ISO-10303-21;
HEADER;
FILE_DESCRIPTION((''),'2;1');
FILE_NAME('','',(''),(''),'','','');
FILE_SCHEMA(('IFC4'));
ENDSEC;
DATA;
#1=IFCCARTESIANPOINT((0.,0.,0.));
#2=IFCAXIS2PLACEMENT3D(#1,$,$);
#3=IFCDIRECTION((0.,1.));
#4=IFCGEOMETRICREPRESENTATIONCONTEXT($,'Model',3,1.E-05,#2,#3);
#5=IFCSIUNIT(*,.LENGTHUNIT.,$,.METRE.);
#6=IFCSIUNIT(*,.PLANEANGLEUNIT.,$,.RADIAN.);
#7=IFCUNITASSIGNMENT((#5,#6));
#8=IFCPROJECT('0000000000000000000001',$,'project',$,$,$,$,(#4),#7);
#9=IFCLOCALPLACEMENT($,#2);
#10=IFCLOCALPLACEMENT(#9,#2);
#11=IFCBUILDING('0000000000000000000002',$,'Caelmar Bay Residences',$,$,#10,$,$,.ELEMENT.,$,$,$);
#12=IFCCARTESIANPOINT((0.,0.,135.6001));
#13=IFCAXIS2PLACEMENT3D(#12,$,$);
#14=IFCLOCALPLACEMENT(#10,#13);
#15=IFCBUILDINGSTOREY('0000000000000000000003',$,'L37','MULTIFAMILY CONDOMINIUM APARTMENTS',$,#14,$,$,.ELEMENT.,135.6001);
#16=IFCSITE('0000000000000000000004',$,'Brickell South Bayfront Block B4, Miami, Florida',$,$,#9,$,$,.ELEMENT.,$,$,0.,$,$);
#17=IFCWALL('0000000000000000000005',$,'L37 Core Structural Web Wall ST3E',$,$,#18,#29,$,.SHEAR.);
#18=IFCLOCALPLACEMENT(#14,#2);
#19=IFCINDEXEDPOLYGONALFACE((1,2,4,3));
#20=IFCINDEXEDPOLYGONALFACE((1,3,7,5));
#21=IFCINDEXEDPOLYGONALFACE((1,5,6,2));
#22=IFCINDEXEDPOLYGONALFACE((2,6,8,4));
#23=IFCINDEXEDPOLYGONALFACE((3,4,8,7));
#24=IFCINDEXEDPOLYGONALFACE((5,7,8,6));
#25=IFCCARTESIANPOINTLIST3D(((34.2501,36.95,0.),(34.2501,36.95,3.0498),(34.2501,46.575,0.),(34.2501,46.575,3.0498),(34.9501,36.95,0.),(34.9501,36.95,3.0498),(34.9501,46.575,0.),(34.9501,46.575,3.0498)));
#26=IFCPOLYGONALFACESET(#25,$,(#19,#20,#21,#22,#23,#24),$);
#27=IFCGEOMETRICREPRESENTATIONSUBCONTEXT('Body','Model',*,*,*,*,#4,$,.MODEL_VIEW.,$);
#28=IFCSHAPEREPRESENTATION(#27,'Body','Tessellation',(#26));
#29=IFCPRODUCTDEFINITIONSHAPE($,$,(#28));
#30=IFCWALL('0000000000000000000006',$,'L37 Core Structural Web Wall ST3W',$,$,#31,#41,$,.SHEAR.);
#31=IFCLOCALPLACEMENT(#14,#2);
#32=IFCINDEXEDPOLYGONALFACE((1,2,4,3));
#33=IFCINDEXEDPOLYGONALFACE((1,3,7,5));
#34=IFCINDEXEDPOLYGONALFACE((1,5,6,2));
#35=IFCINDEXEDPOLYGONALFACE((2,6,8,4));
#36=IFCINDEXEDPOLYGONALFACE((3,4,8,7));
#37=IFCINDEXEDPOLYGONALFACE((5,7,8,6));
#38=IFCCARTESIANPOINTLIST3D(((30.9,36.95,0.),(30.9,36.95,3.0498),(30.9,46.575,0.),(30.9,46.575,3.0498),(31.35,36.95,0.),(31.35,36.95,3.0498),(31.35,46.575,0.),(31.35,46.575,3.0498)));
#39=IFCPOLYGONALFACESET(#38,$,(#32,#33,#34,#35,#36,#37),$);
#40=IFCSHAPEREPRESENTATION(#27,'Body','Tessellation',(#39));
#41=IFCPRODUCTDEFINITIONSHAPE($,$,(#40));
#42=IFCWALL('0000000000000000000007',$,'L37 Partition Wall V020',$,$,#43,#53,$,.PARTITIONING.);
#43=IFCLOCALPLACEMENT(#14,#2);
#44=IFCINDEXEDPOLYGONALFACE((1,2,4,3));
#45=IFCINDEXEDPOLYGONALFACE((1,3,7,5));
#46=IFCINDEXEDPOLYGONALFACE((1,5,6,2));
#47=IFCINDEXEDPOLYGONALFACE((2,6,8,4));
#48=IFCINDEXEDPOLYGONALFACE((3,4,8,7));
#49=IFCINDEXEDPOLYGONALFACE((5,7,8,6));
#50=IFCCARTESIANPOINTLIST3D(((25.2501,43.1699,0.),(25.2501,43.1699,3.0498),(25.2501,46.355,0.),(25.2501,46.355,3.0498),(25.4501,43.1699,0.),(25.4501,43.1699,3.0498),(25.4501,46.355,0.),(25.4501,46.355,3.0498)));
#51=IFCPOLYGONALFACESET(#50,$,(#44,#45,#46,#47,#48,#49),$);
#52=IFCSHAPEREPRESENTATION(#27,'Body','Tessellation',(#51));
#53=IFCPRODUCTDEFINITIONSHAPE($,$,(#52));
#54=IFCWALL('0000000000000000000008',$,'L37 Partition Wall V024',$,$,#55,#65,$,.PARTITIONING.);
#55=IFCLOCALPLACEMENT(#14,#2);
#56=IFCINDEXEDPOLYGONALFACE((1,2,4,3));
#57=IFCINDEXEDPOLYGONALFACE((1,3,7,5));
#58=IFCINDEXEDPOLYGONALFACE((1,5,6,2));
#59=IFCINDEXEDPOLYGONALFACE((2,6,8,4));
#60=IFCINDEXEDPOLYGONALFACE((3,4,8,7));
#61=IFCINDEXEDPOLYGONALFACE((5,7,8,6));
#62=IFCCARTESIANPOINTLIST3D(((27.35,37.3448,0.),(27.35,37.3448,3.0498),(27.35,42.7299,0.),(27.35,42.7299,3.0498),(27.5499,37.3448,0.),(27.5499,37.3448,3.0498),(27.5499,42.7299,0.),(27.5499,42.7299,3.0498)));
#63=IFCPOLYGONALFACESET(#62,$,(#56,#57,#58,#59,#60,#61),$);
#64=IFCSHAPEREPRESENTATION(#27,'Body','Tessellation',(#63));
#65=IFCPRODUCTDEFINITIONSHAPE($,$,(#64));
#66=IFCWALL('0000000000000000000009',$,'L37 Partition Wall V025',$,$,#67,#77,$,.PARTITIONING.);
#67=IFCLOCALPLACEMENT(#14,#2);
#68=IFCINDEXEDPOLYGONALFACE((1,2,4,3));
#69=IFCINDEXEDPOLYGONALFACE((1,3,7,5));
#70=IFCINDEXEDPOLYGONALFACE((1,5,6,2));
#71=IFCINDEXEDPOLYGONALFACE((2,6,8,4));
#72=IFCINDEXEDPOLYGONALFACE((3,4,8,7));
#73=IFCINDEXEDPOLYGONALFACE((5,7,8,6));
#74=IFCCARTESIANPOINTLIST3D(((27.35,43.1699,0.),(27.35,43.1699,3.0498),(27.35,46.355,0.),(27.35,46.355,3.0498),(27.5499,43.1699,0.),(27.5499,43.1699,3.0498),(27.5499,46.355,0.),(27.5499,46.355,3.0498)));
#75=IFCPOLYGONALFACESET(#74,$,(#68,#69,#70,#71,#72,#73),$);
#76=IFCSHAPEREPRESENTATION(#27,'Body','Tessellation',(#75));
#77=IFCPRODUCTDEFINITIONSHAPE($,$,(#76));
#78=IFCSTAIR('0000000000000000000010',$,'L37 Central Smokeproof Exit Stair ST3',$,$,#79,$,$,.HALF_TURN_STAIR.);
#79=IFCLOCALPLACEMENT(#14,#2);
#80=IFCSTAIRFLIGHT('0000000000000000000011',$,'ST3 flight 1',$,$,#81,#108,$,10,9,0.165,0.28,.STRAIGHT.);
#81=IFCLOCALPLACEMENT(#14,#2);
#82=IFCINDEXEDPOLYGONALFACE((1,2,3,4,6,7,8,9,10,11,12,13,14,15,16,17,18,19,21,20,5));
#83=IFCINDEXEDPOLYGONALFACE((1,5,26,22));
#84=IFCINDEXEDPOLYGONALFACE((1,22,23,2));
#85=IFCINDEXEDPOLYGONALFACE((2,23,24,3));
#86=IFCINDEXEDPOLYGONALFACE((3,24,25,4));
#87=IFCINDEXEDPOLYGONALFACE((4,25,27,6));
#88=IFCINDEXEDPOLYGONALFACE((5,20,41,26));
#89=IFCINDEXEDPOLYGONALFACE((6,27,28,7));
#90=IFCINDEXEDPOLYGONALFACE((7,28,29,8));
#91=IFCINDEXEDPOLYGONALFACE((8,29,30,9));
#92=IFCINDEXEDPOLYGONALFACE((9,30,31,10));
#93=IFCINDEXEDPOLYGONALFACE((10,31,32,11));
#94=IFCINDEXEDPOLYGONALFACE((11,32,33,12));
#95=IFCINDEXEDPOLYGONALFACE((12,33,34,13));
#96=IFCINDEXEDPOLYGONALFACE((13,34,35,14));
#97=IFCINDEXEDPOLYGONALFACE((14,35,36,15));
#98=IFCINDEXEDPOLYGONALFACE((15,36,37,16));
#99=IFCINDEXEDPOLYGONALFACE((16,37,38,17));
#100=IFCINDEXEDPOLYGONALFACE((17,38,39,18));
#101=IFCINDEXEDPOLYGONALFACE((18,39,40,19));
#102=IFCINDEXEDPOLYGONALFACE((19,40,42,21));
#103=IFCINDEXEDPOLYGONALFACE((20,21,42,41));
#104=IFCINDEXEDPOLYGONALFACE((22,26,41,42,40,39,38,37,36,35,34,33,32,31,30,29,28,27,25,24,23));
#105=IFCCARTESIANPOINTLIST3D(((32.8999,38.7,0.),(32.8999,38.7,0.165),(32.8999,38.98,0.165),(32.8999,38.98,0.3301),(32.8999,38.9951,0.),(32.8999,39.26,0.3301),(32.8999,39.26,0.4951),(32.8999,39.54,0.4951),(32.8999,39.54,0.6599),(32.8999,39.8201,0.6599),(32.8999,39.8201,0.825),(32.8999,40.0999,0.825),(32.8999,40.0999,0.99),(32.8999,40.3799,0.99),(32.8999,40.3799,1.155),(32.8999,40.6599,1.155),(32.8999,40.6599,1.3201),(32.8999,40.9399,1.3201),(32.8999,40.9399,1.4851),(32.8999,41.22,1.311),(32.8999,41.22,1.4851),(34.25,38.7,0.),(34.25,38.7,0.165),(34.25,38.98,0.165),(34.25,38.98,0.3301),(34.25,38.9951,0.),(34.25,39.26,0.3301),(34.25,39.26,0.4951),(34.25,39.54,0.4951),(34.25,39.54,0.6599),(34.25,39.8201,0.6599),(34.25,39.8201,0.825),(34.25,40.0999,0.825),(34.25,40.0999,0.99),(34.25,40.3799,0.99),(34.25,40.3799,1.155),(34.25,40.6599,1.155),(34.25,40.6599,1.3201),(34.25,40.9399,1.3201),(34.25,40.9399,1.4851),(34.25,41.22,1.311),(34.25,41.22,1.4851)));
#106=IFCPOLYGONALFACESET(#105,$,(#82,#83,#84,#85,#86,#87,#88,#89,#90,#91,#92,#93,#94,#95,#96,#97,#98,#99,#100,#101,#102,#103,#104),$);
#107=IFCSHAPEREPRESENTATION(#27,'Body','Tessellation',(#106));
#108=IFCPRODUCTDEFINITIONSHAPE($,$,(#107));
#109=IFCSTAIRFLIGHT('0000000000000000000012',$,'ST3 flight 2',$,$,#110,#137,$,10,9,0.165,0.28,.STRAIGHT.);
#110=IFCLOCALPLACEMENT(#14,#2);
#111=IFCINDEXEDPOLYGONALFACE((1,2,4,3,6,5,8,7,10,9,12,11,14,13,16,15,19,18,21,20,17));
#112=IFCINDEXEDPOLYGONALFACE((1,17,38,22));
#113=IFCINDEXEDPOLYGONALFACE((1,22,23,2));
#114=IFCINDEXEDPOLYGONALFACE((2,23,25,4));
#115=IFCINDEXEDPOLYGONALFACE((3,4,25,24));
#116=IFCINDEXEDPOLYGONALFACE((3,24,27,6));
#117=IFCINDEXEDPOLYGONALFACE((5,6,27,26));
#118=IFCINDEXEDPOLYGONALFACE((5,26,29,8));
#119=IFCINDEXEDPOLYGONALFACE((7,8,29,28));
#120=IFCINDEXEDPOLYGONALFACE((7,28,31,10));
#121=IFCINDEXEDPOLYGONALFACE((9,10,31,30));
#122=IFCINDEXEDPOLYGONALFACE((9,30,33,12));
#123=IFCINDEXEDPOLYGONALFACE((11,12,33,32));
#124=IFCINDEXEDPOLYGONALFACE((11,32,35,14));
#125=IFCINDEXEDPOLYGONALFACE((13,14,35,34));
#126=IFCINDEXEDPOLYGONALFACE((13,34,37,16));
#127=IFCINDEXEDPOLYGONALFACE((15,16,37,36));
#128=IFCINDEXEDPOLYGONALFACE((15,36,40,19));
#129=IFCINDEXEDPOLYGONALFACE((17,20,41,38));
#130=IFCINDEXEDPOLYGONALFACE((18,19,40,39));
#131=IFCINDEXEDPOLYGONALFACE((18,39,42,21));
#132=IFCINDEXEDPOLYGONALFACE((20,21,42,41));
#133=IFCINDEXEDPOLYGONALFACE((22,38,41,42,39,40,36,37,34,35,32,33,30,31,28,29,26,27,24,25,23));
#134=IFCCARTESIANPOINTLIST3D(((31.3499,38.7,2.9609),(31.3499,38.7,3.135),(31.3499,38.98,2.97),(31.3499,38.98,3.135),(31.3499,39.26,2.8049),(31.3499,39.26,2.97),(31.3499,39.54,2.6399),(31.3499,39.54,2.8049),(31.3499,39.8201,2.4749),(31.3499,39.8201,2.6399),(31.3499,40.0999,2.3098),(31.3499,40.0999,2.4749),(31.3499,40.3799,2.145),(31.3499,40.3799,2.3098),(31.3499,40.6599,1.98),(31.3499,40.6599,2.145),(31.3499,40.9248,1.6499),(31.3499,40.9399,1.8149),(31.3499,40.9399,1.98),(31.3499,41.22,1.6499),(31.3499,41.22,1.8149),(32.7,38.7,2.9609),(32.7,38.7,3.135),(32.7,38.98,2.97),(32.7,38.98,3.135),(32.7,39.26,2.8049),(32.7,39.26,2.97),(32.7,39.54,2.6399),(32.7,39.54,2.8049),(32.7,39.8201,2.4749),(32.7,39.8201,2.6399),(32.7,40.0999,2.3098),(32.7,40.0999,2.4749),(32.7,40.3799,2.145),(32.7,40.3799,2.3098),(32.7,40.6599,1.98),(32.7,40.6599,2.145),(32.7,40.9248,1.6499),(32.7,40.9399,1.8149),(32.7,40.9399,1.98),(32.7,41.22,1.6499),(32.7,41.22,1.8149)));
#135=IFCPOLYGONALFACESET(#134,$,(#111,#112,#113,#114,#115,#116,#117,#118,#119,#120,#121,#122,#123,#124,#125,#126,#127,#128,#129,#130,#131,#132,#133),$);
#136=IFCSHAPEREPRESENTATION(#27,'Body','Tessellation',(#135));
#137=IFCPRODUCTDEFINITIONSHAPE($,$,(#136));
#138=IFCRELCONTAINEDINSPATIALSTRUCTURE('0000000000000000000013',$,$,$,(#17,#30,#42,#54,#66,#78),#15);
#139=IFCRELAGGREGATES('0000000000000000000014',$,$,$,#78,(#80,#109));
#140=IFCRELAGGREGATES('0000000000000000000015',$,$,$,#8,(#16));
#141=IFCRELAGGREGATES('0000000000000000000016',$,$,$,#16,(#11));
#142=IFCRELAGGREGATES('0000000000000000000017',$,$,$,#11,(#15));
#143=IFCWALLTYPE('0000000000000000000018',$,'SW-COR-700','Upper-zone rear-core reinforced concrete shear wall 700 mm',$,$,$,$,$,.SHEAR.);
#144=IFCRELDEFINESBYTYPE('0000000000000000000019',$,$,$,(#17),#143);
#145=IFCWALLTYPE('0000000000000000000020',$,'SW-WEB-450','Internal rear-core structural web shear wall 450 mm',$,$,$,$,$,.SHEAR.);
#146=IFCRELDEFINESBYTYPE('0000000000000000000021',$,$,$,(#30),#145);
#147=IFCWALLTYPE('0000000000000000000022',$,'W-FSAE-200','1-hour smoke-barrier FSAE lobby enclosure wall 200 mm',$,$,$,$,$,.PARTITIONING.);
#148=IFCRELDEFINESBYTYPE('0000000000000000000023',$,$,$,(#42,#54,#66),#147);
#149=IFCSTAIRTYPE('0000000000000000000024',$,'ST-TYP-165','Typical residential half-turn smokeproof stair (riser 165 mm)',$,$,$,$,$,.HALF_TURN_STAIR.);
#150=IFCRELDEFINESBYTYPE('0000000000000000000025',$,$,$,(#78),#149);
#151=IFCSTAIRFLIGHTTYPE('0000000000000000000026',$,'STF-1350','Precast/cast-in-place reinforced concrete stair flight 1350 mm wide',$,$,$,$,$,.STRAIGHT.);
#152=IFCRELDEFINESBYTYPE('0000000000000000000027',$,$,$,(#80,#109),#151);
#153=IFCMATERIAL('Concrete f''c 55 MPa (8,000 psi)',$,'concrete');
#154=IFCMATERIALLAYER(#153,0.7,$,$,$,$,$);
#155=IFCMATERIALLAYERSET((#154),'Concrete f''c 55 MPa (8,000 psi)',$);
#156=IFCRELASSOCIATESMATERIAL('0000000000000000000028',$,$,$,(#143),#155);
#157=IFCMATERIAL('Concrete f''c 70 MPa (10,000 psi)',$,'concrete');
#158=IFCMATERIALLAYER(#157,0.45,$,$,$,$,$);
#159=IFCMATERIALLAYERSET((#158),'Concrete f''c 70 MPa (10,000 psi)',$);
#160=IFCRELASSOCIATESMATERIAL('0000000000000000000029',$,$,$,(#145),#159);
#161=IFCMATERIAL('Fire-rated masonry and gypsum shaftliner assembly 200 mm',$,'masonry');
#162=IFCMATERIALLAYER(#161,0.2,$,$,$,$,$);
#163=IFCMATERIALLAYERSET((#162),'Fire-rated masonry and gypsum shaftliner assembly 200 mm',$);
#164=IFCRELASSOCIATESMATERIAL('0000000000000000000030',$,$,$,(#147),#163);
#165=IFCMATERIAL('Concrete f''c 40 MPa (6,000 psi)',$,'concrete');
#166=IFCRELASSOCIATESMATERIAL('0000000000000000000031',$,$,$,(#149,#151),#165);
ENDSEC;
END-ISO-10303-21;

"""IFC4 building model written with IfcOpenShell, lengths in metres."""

from ifc_helpers import new_model, si_unit, direction, frame, frame_2d, origin, place, context, subcontext, project, spatial, polyline, rectangle, outline, extrude, material, layer, layer_set, type_object, element, aggregate, save


model = new_model("IFC4")

# Units and contexts
model_context = context("Model", 3, precision=1e-05, world=origin(), true_north=direction((0.0, 1.0)))
body_context = subcontext(model_context, "Body", "Model", "MODEL_VIEW")
ifc_project = project(units=[si_unit("LENGTHUNIT", "METRE"), si_unit("PLANEANGLEUNIT", "RADIAN")], contexts=[model_context])

# Site, building, storey
site_placement = place(None, origin())
site = spatial("IfcSite", under=ifc_project, at=site_placement, Name="Brickell South Bayfront Block B4, Miami, Florida", CompositionType="ELEMENT", RefElevation=0.0)
building_placement = place(site_placement, origin())
building = spatial("IfcBuilding", under=site, at=building_placement, Name="Caelmar Bay Residences", CompositionType="ELEMENT")
storey_placement = place(building_placement, frame((0.0, 0.0, 135.6001)))
storey = spatial("IfcBuildingStorey", under=building, at=storey_placement, Name="L37", Description="MULTIFAMILY CONDOMINIUM APARTMENTS", CompositionType="ELEMENT", Elevation=135.6001)

# Walls
ifc_material_1 = material(Name="Concrete f'c 55 MPa (8,000 psi)", Category="concrete")
ifc_layer_1 = layer(ifc_material_1, 0.7)
ifc_layer_set_1 = layer_set([ifc_layer_1], Name="Concrete f'c 55 MPa (8,000 psi)")
wall_type_1 = type_object("IfcWallType", Name="SW-COR-700", Description="Upper-zone rear-core reinforced concrete shear wall 700 mm", PredefinedType="SHEAR", material=ifc_layer_set_1)
wall_1_placement = place(storey_placement, frame((34.6001, 36.95, 0.0), z_axis=(0.0, 0.0, 1.0), x_axis=(0.0, 1.0, 0.0)))
element("IfcWall", 1, at=wall_1_placement, inside=storey, type_object=wall_type_1, Name="L37 Core Structural Web Wall ST3E", PredefinedType="SHEAR", context=body_context, shape_type="SweptSolid", body=[
    extrude(rectangle(XDim=9.625, YDim=0.7, at=frame_2d((4.8125, 0.0))), origin(), (0.0, 0.0, 1.0), 3.0498),
])
ifc_material_2 = material(Name="Concrete f'c 70 MPa (10,000 psi)", Category="concrete")
ifc_layer_2 = layer(ifc_material_2, 0.45)
ifc_layer_set_2 = layer_set([ifc_layer_2], Name="Concrete f'c 70 MPa (10,000 psi)")
wall_type_2 = type_object("IfcWallType", Name="SW-WEB-450", Description="Internal rear-core structural web shear wall 450 mm", PredefinedType="SHEAR", material=ifc_layer_set_2)
wall_2_placement = place(storey_placement, frame((31.125, 36.95, 0.0), z_axis=(0.0, 0.0, 1.0), x_axis=(0.0, 1.0, 0.0)))
element("IfcWall", 2, at=wall_2_placement, inside=storey, type_object=wall_type_2, Name="L37 Core Structural Web Wall ST3W", PredefinedType="SHEAR", context=body_context, shape_type="SweptSolid", body=[
    extrude(rectangle(XDim=9.625, YDim=0.45, at=frame_2d((4.8125, 0.0))), origin(), (0.0, 0.0, 1.0), 3.0498),
])

# Walls
ifc_material_3 = material(Name="Fire-rated masonry and gypsum shaftliner assembly 200 mm", Category="masonry")
ifc_layer_3 = layer(ifc_material_3, 0.2)
ifc_layer_set_3 = layer_set([ifc_layer_3], Name="Fire-rated masonry and gypsum shaftliner assembly 200 mm")
wall_type_3 = type_object("IfcWallType", Name="W-FSAE-200", Description="1-hour smoke-barrier FSAE lobby enclosure wall 200 mm", PredefinedType="PARTITIONING", material=ifc_layer_set_3)
wall_3_placement = place(storey_placement, frame((25.3501, 43.1699, 0.0), z_axis=(0.0, 0.0, 1.0), x_axis=(0.0, 1.0, 0.0)))
element("IfcWall", 3, at=wall_3_placement, inside=storey, type_object=wall_type_3, Name="L37 Partition Wall V020", PredefinedType="PARTITIONING", context=body_context, shape_type="SweptSolid", body=[
    extrude(rectangle(XDim=3.1851, YDim=0.2, at=frame_2d((1.5925, 0.0))), origin(), (0.0, 0.0, 1.0), 3.0498),
])
wall_4_placement = place(storey_placement, frame((27.45, 37.345, 0.0), z_axis=(0.0, 0.0, 1.0), x_axis=(0.0, 1.0, 0.0)))
element("IfcWall", 4, at=wall_4_placement, inside=storey, type_object=wall_type_3, Name="L37 Partition Wall V024", PredefinedType="PARTITIONING", context=body_context, shape_type="SweptSolid", body=[
    extrude(rectangle(XDim=5.385, YDim=0.2, at=frame_2d((2.6924, 0.0))), origin(), (0.0, 0.0, 1.0), 3.0498),
])
wall_5_placement = place(storey_placement, frame((27.45, 43.1699, 0.0), z_axis=(0.0, 0.0, 1.0), x_axis=(0.0, 1.0, 0.0)))
element("IfcWall", 5, at=wall_5_placement, inside=storey, type_object=wall_type_3, Name="L37 Partition Wall V025", PredefinedType="PARTITIONING", context=body_context, shape_type="SweptSolid", body=[
    extrude(rectangle(XDim=3.1851, YDim=0.2, at=frame_2d((1.5925, 0.0))), origin(), (0.0, 0.0, 1.0), 3.0498),
])

# Stair, stair flights
ifc_material_4 = material(Name="Concrete f'c 40 MPa (6,000 psi)", Category="concrete")
stair_type = type_object("IfcStairType", Name="ST-TYP-165", Description="Typical residential half-turn smokeproof stair (riser 165 mm)", PredefinedType="HALF_TURN_STAIR", material=ifc_material_4)
stair_placement = place(storey_placement, origin())
stair = element("IfcStair", 6, at=stair_placement, inside=storey, type_object=stair_type, Name="L37 Central Smokeproof Exit Stair ST3", PredefinedType="HALF_TURN_STAIR")
stair_flight_type = type_object("IfcStairFlightType", Name="STF-1350", Description="Precast/cast-in-place reinforced concrete stair flight 1350 mm wide", PredefinedType="STRAIGHT", material=ifc_material_4)
stair_flight_1_placement = place(storey_placement, frame((33.575, 38.7, 0.0), z_axis=(0.0, 0.0, 1.0), x_axis=(0.0, 1.0, 0.0)))
stair_flight_1 = element("IfcStairFlight", 7, at=stair_flight_1_placement, type_object=stair_flight_type, Name="ST3 flight 1", NumberOfRisers=10, NumberOfTreads=9, PredefinedType="STRAIGHT", RiserHeight=0.165, TreadLength=0.28, context=body_context, shape_type="SweptSolid", body=[
    extrude(outline(polyline([(0.0, 0.0), (0.0, 0.165), (0.28, 0.165), (0.28, 0.3301), (0.5601, 0.3301), (0.5601, 0.4951), (0.8401, 0.4951), (0.8401, 0.6599), (1.1201, 0.6599), (1.1201, 0.825), (1.3999, 0.825), (1.3999, 0.99), (1.6799, 0.99), (1.6799, 1.155), (1.96, 1.155), (1.96, 1.3201), (2.24, 1.3201), (2.24, 1.4851), (2.52, 1.4851), (2.52, 1.6499), (2.52, 1.311), (0.2952, 0.0), (0.0, 0.0)])), frame((0.0, 0.675, 0.0), z_axis=(0.0, -1.0, 0.0), x_axis=(1.0, 0.0, 0.0)), (0.0, 0.0, 1.0), 1.3501),
])
stair_flight_2_placement = place(storey_placement, frame((32.0249, 41.22, 1.6499), z_axis=(0.0, 0.0, 1.0), x_axis=(0.0, -1.0, 0.0)))
stair_flight_2 = element("IfcStairFlight", 8, at=stair_flight_2_placement, type_object=stair_flight_type, Name="ST3 flight 2", NumberOfRisers=10, NumberOfTreads=9, PredefinedType="STRAIGHT", RiserHeight=0.165, TreadLength=0.28, context=body_context, shape_type="SweptSolid", body=[
    extrude(outline(polyline([(0.0, 0.0), (0.0, 0.165), (0.28, 0.165), (0.28, 0.3301), (0.5601, 0.3301), (0.5601, 0.4951), (0.8401, 0.4951), (0.8401, 0.6599), (1.1201, 0.6599), (1.1201, 0.825), (1.3999, 0.825), (1.3999, 0.99), (1.6799, 0.99), (1.6799, 1.155), (1.96, 1.155), (1.96, 1.3201), (2.24, 1.3201), (2.24, 1.4851), (2.52, 1.4851), (2.52, 1.6499), (2.52, 1.311), (0.2952, 0.0), (0.0, 0.0)])), frame((0.0, 0.675, 0.0), z_axis=(0.0, -1.0, 0.0), x_axis=(1.0, 0.0, 0.0)), (0.0, 0.0, 1.0), 1.3501),
])
aggregate(stair, [stair_flight_1, stair_flight_2])

save(model, "model.ifc")
